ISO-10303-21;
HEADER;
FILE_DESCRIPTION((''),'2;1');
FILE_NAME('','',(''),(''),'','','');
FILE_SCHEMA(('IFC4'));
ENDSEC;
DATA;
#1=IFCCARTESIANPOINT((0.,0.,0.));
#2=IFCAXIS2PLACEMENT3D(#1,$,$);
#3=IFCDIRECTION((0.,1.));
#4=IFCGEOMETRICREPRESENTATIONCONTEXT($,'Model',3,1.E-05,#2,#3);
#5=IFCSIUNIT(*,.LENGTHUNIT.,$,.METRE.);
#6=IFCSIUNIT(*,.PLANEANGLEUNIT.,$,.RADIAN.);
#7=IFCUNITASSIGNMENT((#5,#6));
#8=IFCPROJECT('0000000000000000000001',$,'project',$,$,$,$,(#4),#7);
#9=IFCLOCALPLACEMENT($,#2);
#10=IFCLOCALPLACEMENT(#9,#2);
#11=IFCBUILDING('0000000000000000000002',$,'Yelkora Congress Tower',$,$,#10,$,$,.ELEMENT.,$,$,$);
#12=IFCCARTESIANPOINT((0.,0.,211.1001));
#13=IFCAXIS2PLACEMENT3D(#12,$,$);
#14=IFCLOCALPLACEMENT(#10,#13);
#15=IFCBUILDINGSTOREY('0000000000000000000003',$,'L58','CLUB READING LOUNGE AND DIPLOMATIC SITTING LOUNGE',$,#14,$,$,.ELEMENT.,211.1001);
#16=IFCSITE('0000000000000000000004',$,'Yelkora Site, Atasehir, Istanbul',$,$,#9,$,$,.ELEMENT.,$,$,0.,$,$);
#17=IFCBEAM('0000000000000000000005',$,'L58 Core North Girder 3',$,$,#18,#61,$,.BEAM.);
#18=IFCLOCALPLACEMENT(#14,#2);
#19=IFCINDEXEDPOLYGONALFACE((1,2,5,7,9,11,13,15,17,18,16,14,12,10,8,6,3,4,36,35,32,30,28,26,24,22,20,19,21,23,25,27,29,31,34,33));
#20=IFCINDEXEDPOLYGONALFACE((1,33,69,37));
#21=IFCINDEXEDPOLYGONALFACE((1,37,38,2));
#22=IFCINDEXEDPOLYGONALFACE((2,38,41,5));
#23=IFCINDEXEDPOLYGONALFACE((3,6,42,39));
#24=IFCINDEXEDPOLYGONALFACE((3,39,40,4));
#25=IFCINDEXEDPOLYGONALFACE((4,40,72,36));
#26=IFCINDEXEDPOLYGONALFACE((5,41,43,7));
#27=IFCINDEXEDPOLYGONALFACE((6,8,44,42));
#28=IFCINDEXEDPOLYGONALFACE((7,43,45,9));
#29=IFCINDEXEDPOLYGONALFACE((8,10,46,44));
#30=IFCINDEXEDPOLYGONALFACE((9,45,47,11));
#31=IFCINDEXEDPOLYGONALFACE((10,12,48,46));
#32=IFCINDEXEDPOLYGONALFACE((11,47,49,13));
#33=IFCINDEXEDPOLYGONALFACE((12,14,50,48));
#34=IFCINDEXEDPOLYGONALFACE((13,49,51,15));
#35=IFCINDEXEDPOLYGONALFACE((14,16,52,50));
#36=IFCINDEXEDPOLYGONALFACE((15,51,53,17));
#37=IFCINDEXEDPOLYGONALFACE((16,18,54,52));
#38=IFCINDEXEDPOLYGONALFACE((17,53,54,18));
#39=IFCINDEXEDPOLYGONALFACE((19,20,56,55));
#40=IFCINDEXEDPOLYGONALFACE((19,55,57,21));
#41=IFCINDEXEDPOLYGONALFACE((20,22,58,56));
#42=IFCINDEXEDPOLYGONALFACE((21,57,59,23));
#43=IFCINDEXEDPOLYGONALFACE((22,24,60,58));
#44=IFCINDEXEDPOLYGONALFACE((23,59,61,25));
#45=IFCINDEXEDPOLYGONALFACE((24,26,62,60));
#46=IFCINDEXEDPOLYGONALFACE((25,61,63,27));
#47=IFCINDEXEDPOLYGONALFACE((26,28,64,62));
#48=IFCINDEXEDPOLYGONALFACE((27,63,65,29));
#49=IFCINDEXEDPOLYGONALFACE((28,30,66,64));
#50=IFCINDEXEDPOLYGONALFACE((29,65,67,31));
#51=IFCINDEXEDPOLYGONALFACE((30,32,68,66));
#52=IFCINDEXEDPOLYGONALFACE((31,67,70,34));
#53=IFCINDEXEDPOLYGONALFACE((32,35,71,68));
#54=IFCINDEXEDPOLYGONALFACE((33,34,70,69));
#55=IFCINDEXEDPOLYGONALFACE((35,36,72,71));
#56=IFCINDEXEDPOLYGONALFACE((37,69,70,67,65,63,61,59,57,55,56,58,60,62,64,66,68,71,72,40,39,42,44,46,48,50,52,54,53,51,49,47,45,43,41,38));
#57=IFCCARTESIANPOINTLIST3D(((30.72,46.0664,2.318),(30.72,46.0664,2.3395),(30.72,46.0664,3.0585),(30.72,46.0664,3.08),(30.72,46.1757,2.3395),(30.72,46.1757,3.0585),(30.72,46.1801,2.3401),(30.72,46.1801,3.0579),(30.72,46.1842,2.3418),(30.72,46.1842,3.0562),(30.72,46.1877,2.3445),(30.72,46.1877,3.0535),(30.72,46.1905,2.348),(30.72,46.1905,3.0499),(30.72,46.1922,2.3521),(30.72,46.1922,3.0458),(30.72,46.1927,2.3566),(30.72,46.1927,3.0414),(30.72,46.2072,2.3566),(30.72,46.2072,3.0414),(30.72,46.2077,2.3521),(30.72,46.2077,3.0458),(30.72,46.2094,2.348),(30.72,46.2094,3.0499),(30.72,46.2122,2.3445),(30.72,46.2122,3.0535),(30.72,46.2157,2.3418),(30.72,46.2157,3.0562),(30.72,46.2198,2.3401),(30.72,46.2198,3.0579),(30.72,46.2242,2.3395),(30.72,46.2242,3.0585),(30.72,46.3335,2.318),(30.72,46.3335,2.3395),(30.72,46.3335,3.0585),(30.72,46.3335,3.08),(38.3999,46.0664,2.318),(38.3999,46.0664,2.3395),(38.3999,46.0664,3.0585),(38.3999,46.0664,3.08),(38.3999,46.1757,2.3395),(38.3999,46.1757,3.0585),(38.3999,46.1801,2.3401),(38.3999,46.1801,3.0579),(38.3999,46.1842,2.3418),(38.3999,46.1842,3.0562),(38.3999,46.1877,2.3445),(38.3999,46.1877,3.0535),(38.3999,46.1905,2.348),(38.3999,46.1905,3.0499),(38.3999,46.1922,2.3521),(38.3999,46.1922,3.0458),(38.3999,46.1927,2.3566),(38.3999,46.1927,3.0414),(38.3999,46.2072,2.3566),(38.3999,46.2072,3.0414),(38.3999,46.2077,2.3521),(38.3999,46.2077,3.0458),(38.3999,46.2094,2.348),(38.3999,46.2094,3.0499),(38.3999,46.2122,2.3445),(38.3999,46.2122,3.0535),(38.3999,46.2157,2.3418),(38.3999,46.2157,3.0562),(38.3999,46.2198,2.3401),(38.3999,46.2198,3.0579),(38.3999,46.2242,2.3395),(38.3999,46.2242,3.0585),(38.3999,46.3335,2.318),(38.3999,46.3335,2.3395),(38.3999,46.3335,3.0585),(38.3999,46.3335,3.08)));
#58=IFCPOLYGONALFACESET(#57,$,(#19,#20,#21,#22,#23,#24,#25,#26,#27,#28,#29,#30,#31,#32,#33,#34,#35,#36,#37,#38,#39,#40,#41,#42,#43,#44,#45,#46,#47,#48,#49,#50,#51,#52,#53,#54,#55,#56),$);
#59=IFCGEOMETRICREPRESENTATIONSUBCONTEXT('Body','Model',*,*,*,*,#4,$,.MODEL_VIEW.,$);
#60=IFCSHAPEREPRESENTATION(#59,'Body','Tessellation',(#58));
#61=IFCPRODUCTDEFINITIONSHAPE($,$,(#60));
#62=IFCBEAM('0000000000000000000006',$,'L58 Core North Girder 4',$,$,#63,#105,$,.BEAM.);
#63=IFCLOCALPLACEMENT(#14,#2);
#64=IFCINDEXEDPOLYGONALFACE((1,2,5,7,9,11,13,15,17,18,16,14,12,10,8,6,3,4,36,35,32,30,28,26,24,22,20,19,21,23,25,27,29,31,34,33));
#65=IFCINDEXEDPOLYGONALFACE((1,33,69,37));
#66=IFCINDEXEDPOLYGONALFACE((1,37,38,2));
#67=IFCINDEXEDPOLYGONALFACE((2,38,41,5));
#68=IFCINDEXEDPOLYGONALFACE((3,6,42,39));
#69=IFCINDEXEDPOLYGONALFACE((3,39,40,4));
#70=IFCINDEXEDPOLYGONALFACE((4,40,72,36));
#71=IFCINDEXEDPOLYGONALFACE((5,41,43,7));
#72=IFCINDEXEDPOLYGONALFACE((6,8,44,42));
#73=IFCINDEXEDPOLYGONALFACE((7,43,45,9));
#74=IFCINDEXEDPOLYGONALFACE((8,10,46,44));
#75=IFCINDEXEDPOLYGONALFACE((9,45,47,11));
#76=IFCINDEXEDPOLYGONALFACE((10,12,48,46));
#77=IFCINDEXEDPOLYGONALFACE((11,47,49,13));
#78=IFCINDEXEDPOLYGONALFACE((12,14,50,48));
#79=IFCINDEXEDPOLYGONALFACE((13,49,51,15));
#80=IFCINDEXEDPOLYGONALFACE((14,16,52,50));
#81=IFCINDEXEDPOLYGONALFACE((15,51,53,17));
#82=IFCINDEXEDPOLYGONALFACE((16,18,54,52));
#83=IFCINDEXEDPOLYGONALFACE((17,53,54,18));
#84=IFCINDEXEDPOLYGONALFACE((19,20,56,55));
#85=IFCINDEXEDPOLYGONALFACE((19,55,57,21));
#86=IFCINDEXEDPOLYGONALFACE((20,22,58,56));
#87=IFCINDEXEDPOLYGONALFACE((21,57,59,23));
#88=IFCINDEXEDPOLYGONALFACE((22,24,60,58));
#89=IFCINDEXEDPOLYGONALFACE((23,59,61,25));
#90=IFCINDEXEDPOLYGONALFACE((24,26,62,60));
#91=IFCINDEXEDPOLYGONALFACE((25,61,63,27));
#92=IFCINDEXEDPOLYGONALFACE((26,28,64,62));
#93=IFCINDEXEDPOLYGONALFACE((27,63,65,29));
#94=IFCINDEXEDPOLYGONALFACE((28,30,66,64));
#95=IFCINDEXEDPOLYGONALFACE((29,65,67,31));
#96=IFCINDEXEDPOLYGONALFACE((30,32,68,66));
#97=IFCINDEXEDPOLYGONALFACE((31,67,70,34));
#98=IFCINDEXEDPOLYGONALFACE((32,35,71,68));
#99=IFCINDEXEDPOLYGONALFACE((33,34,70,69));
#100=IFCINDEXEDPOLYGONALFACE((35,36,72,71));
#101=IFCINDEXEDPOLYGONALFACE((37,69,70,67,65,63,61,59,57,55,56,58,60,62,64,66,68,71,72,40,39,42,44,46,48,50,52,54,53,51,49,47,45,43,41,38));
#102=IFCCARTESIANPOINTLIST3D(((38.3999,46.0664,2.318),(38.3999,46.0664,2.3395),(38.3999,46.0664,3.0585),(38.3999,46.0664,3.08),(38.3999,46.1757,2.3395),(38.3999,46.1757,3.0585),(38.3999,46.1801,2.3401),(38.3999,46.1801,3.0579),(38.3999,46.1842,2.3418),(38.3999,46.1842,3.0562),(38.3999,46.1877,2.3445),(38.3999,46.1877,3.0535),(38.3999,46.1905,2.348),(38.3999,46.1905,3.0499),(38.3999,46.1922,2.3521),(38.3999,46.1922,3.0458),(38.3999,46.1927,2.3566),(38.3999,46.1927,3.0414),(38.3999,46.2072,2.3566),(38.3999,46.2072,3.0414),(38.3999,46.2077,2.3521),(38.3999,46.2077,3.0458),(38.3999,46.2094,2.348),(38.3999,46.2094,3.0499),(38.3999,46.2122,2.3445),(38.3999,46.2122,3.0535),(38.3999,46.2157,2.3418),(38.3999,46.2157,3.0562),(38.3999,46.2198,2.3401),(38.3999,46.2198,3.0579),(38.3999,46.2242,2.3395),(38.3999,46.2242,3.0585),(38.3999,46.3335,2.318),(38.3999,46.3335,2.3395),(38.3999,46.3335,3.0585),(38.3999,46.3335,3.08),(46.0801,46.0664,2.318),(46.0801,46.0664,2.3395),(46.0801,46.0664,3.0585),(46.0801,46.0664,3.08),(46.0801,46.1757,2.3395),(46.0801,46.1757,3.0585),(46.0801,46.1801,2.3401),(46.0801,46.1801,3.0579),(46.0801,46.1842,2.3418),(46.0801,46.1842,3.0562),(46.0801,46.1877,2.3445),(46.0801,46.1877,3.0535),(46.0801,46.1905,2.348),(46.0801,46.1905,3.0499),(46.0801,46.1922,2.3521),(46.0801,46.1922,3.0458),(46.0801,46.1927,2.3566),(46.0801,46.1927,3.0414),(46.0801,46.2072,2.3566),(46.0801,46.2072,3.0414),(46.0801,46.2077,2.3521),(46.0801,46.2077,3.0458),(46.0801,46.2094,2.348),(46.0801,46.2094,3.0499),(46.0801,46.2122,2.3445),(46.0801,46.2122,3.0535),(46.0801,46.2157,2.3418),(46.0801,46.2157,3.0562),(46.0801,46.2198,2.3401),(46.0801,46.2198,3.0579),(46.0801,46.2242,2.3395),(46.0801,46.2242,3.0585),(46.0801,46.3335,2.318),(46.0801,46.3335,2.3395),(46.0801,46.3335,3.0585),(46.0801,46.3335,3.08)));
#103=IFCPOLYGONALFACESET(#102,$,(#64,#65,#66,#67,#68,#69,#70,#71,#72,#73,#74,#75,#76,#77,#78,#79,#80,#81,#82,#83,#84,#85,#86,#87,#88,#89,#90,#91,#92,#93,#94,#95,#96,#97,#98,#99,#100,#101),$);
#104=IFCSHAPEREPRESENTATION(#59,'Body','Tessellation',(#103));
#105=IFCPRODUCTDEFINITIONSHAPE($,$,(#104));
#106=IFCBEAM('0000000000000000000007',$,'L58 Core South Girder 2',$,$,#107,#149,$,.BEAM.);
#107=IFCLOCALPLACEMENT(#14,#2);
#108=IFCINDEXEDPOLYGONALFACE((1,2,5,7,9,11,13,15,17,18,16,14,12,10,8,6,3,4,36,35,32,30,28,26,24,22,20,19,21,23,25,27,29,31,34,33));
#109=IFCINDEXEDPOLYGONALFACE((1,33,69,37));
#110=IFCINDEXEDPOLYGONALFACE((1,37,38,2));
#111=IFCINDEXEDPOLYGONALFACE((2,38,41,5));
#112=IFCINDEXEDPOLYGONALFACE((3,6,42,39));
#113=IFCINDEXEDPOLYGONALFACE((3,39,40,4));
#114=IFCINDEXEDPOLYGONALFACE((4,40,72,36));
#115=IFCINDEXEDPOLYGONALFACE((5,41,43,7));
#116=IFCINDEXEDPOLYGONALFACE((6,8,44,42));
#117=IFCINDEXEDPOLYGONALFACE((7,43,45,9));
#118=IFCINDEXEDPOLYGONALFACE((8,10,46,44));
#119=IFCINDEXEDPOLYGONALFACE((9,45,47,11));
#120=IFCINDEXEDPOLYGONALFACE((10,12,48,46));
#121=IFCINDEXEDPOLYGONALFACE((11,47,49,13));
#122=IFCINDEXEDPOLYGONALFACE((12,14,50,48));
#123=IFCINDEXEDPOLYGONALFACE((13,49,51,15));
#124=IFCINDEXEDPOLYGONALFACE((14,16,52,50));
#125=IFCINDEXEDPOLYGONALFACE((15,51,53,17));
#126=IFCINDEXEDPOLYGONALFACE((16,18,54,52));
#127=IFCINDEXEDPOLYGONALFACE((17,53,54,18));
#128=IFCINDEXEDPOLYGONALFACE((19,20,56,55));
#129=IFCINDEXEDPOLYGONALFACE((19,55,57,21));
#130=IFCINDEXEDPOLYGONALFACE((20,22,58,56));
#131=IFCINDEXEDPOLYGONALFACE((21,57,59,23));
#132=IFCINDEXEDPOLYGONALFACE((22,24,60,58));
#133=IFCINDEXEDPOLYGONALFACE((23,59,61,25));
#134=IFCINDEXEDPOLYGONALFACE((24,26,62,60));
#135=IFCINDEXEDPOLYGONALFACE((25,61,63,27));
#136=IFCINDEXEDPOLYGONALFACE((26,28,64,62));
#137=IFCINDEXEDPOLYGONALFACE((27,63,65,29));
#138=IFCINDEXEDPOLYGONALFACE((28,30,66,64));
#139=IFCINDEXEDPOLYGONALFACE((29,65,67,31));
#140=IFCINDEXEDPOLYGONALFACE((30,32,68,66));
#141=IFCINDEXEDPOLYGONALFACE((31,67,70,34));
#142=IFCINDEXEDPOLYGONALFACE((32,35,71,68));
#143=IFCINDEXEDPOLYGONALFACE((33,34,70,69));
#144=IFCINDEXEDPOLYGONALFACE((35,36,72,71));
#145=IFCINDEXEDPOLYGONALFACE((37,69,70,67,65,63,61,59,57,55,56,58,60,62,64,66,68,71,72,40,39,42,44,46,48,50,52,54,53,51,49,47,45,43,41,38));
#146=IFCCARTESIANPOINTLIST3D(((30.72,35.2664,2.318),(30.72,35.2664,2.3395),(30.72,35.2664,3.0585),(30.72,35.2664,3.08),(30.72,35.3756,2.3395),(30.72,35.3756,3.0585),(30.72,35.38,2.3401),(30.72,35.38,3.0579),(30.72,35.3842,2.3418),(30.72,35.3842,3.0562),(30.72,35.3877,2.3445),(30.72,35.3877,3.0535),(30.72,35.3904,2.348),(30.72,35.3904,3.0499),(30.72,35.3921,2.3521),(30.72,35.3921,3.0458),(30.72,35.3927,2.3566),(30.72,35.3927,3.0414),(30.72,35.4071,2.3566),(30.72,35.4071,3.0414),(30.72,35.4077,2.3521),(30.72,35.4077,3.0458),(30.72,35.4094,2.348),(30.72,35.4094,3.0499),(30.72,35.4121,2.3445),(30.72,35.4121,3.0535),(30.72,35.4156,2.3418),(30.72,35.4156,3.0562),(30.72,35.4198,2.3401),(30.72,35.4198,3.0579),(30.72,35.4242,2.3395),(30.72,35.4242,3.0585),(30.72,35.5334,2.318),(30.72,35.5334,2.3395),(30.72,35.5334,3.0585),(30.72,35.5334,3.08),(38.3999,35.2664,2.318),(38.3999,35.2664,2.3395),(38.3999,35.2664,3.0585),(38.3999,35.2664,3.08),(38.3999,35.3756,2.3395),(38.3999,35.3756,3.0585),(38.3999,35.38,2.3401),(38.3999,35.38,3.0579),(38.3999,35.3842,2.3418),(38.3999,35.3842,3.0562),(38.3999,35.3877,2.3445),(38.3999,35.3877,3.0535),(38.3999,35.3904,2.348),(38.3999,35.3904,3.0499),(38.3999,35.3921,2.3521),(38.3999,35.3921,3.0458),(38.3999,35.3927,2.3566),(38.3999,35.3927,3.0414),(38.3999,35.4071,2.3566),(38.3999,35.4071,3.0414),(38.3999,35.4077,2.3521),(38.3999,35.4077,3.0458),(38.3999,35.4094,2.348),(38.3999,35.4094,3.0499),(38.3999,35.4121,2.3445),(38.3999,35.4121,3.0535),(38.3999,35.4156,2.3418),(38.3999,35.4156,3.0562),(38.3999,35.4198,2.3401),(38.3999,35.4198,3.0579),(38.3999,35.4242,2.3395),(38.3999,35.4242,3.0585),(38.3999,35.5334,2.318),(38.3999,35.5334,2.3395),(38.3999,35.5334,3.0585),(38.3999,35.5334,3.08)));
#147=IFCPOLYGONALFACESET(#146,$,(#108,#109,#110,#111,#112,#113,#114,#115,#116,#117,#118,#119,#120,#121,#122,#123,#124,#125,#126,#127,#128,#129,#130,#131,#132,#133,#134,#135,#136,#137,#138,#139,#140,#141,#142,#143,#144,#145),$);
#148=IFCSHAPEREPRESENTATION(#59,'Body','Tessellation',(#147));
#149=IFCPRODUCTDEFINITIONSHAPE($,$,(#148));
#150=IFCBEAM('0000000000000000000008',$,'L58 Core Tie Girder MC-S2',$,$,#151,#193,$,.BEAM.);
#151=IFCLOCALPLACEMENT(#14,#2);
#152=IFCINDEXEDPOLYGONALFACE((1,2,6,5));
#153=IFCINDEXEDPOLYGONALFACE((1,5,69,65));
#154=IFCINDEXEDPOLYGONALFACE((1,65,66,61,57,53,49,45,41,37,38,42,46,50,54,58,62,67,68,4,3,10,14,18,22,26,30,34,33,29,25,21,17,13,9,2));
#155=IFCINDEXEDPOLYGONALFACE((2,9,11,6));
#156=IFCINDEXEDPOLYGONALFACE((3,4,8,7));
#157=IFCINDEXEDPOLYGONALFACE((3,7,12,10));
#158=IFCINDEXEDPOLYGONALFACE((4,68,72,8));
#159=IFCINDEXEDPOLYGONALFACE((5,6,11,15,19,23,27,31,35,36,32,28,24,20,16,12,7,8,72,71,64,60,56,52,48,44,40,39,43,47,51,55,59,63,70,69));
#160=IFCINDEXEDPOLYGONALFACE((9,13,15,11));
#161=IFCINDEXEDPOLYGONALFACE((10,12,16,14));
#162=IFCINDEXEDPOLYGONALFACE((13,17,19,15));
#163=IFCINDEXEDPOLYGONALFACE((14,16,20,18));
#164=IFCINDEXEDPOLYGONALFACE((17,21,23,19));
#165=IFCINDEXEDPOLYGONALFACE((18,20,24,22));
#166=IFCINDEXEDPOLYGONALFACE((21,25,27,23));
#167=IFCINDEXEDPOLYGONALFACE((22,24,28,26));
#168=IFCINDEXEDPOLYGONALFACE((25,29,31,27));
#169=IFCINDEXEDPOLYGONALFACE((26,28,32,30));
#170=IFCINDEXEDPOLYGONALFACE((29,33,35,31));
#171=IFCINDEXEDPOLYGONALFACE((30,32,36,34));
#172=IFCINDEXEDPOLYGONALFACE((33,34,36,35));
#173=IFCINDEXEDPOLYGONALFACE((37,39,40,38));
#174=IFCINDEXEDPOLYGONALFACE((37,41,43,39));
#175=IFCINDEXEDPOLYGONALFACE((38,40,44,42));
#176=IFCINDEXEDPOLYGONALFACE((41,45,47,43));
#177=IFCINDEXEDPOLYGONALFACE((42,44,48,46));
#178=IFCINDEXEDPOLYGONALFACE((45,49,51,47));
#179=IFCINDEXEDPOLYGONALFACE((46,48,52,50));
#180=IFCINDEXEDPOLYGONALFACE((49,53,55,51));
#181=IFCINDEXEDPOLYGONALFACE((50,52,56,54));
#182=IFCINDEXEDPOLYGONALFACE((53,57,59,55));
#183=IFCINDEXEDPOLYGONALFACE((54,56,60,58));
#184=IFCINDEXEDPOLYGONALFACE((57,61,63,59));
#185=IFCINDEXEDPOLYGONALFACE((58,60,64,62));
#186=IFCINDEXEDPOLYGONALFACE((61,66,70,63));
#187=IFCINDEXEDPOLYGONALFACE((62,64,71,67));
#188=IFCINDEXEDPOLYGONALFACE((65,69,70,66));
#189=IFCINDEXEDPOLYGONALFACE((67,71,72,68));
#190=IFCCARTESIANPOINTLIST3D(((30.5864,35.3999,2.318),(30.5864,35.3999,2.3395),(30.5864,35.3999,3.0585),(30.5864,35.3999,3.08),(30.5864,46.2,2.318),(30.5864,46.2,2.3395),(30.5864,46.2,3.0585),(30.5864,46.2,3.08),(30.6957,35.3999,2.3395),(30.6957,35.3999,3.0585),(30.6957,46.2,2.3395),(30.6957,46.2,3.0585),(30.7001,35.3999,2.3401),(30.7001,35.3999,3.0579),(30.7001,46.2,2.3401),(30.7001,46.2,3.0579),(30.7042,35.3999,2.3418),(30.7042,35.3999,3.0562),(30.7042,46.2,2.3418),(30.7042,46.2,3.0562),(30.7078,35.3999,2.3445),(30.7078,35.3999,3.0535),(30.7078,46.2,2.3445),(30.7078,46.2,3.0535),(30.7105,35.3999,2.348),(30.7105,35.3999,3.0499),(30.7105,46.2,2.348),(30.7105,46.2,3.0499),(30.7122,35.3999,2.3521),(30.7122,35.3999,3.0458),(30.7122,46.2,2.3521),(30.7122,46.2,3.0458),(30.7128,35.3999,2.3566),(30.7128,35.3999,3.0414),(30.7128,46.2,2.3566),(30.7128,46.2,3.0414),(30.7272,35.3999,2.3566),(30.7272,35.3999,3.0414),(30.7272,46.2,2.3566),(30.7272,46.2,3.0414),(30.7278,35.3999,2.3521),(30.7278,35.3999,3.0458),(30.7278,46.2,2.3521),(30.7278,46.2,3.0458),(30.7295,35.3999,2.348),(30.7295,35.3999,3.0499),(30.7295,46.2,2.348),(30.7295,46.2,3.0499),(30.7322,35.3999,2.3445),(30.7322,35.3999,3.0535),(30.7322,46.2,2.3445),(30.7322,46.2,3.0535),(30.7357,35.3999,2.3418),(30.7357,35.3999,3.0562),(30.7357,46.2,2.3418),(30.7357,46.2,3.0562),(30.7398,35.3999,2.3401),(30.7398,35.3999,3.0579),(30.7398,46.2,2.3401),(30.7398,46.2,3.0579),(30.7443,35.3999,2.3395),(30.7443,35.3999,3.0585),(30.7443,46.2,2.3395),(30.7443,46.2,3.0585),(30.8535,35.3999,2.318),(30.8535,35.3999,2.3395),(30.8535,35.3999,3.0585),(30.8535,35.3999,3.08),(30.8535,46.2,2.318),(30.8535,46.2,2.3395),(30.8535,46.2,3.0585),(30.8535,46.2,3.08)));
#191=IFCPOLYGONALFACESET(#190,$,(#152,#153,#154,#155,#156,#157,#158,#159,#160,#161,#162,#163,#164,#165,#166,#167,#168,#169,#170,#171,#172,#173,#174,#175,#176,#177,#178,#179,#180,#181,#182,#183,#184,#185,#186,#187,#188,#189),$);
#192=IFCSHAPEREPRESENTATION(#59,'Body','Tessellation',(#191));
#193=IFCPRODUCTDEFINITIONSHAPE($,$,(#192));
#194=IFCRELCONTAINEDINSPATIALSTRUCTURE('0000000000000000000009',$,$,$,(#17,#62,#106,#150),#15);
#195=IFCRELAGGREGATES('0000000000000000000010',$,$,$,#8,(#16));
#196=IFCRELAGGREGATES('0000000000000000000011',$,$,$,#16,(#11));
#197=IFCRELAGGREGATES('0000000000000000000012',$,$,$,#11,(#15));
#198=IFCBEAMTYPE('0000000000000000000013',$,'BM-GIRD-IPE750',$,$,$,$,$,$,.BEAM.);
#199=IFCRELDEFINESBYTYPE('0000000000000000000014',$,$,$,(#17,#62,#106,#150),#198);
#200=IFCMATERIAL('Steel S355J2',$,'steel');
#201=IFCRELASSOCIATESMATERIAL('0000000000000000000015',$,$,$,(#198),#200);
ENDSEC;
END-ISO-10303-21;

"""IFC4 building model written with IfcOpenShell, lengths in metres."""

from ifc_helpers import new_model, si_unit, direction, frame, origin, origin_2d, place, context, subcontext, project, spatial, i_section, extrude, material, material_profile, profile_set, type_object, element, save


model = new_model("IFC4")

# Units and contexts
model_context = context("Model", 3, precision=1e-05, world=origin(), true_north=direction((0.0, 1.0)))
body_context = subcontext(model_context, "Body", "Model", "MODEL_VIEW")
ifc_project = project(units=[si_unit("LENGTHUNIT", "METRE"), si_unit("PLANEANGLEUNIT", "RADIAN")], contexts=[model_context])

# Site, building, storey
site_placement = place(None, origin())
site = spatial("IfcSite", under=ifc_project, at=site_placement, Name="Yelkora Site, Atasehir, Istanbul", CompositionType="ELEMENT", RefElevation=0.0)
building_placement = place(site_placement, origin())
building = spatial("IfcBuilding", under=site, at=building_placement, Name="Yelkora Congress Tower", CompositionType="ELEMENT")
storey_placement = place(building_placement, frame((0.0, 0.0, 211.1001)))
storey = spatial("IfcBuildingStorey", under=building, at=storey_placement, Name="L58", Description="CLUB READING LOUNGE AND DIPLOMATIC SITTING LOUNGE", CompositionType="ELEMENT", Elevation=211.1001)

# Beams
ifc_material_1 = material(Name="Steel S355J2", Category="steel")
ifc_material_profile_1 = material_profile(ifc_material_1, i_section(OverallWidth=0.2671, OverallDepth=0.762, WebThickness=0.0144, FlangeThickness=0.0215, FilletRadius=0.0171, at=origin_2d()), Name="IPE 750x173")
ifc_profile_set_1 = profile_set([ifc_material_profile_1], Name="Steel S355J2")
beam_type = type_object("IfcBeamType", Name="BM-GIRD-IPE750", PredefinedType="BEAM", material=ifc_profile_set_1)
beam_1_placement = place(storey_placement, frame((30.72, 46.2, 2.699), z_axis=(1.0, 0.0, 0.0), x_axis=(0.0, 1.0, 0.0)))
element("IfcBeam", 1, at=beam_1_placement, inside=storey, type_object=beam_type, Name="L58 Core North Girder 3", PredefinedType="BEAM", context=body_context, shape_type="SweptSolid", body=[
    extrude(i_section(OverallWidth=0.2671, OverallDepth=0.762, WebThickness=0.0144, FlangeThickness=0.0215, FilletRadius=0.0171, at=origin_2d()), origin(), (0.0, 0.0, 1.0), 7.6799),
])
beam_2_placement = place(storey_placement, frame((38.3999, 46.2, 2.699), z_axis=(1.0, 0.0, 0.0), x_axis=(0.0, 1.0, 0.0)))
element("IfcBeam", 2, at=beam_2_placement, inside=storey, type_object=beam_type, Name="L58 Core North Girder 4", PredefinedType="BEAM", context=body_context, shape_type="SweptSolid", body=[
    extrude(i_section(OverallWidth=0.2671, OverallDepth=0.762, WebThickness=0.0144, FlangeThickness=0.0215, FilletRadius=0.0171, at=origin_2d()), origin(), (0.0, 0.0, 1.0), 7.6802),
])
beam_3_placement = place(storey_placement, frame((30.72, 35.3999, 2.699), z_axis=(1.0, 0.0, 0.0), x_axis=(0.0, 1.0, 0.0)))
element("IfcBeam", 3, at=beam_3_placement, inside=storey, type_object=beam_type, Name="L58 Core South Girder 2", PredefinedType="BEAM", context=body_context, shape_type="SweptSolid", body=[
    extrude(i_section(OverallWidth=0.2671, OverallDepth=0.762, WebThickness=0.0144, FlangeThickness=0.0215, FilletRadius=0.0171, at=origin_2d()), origin(), (0.0, 0.0, 1.0), 7.6799),
])
beam_4_placement = place(storey_placement, frame((30.72, 35.3999, 2.699), z_axis=(0.0, 1.0, 0.0), x_axis=(-1.0, 0.0, 0.0)))
element("IfcBeam", 4, at=beam_4_placement, inside=storey, type_object=beam_type, Name="L58 Core Tie Girder MC-S2", PredefinedType="BEAM", context=body_context, shape_type="SweptSolid", body=[
    extrude(i_section(OverallWidth=0.2671, OverallDepth=0.762, WebThickness=0.0144, FlangeThickness=0.0215, FilletRadius=0.0171, at=origin_2d()), origin(), (0.0, 0.0, 1.0), 10.8),
])

save(model, "model.ifc")
